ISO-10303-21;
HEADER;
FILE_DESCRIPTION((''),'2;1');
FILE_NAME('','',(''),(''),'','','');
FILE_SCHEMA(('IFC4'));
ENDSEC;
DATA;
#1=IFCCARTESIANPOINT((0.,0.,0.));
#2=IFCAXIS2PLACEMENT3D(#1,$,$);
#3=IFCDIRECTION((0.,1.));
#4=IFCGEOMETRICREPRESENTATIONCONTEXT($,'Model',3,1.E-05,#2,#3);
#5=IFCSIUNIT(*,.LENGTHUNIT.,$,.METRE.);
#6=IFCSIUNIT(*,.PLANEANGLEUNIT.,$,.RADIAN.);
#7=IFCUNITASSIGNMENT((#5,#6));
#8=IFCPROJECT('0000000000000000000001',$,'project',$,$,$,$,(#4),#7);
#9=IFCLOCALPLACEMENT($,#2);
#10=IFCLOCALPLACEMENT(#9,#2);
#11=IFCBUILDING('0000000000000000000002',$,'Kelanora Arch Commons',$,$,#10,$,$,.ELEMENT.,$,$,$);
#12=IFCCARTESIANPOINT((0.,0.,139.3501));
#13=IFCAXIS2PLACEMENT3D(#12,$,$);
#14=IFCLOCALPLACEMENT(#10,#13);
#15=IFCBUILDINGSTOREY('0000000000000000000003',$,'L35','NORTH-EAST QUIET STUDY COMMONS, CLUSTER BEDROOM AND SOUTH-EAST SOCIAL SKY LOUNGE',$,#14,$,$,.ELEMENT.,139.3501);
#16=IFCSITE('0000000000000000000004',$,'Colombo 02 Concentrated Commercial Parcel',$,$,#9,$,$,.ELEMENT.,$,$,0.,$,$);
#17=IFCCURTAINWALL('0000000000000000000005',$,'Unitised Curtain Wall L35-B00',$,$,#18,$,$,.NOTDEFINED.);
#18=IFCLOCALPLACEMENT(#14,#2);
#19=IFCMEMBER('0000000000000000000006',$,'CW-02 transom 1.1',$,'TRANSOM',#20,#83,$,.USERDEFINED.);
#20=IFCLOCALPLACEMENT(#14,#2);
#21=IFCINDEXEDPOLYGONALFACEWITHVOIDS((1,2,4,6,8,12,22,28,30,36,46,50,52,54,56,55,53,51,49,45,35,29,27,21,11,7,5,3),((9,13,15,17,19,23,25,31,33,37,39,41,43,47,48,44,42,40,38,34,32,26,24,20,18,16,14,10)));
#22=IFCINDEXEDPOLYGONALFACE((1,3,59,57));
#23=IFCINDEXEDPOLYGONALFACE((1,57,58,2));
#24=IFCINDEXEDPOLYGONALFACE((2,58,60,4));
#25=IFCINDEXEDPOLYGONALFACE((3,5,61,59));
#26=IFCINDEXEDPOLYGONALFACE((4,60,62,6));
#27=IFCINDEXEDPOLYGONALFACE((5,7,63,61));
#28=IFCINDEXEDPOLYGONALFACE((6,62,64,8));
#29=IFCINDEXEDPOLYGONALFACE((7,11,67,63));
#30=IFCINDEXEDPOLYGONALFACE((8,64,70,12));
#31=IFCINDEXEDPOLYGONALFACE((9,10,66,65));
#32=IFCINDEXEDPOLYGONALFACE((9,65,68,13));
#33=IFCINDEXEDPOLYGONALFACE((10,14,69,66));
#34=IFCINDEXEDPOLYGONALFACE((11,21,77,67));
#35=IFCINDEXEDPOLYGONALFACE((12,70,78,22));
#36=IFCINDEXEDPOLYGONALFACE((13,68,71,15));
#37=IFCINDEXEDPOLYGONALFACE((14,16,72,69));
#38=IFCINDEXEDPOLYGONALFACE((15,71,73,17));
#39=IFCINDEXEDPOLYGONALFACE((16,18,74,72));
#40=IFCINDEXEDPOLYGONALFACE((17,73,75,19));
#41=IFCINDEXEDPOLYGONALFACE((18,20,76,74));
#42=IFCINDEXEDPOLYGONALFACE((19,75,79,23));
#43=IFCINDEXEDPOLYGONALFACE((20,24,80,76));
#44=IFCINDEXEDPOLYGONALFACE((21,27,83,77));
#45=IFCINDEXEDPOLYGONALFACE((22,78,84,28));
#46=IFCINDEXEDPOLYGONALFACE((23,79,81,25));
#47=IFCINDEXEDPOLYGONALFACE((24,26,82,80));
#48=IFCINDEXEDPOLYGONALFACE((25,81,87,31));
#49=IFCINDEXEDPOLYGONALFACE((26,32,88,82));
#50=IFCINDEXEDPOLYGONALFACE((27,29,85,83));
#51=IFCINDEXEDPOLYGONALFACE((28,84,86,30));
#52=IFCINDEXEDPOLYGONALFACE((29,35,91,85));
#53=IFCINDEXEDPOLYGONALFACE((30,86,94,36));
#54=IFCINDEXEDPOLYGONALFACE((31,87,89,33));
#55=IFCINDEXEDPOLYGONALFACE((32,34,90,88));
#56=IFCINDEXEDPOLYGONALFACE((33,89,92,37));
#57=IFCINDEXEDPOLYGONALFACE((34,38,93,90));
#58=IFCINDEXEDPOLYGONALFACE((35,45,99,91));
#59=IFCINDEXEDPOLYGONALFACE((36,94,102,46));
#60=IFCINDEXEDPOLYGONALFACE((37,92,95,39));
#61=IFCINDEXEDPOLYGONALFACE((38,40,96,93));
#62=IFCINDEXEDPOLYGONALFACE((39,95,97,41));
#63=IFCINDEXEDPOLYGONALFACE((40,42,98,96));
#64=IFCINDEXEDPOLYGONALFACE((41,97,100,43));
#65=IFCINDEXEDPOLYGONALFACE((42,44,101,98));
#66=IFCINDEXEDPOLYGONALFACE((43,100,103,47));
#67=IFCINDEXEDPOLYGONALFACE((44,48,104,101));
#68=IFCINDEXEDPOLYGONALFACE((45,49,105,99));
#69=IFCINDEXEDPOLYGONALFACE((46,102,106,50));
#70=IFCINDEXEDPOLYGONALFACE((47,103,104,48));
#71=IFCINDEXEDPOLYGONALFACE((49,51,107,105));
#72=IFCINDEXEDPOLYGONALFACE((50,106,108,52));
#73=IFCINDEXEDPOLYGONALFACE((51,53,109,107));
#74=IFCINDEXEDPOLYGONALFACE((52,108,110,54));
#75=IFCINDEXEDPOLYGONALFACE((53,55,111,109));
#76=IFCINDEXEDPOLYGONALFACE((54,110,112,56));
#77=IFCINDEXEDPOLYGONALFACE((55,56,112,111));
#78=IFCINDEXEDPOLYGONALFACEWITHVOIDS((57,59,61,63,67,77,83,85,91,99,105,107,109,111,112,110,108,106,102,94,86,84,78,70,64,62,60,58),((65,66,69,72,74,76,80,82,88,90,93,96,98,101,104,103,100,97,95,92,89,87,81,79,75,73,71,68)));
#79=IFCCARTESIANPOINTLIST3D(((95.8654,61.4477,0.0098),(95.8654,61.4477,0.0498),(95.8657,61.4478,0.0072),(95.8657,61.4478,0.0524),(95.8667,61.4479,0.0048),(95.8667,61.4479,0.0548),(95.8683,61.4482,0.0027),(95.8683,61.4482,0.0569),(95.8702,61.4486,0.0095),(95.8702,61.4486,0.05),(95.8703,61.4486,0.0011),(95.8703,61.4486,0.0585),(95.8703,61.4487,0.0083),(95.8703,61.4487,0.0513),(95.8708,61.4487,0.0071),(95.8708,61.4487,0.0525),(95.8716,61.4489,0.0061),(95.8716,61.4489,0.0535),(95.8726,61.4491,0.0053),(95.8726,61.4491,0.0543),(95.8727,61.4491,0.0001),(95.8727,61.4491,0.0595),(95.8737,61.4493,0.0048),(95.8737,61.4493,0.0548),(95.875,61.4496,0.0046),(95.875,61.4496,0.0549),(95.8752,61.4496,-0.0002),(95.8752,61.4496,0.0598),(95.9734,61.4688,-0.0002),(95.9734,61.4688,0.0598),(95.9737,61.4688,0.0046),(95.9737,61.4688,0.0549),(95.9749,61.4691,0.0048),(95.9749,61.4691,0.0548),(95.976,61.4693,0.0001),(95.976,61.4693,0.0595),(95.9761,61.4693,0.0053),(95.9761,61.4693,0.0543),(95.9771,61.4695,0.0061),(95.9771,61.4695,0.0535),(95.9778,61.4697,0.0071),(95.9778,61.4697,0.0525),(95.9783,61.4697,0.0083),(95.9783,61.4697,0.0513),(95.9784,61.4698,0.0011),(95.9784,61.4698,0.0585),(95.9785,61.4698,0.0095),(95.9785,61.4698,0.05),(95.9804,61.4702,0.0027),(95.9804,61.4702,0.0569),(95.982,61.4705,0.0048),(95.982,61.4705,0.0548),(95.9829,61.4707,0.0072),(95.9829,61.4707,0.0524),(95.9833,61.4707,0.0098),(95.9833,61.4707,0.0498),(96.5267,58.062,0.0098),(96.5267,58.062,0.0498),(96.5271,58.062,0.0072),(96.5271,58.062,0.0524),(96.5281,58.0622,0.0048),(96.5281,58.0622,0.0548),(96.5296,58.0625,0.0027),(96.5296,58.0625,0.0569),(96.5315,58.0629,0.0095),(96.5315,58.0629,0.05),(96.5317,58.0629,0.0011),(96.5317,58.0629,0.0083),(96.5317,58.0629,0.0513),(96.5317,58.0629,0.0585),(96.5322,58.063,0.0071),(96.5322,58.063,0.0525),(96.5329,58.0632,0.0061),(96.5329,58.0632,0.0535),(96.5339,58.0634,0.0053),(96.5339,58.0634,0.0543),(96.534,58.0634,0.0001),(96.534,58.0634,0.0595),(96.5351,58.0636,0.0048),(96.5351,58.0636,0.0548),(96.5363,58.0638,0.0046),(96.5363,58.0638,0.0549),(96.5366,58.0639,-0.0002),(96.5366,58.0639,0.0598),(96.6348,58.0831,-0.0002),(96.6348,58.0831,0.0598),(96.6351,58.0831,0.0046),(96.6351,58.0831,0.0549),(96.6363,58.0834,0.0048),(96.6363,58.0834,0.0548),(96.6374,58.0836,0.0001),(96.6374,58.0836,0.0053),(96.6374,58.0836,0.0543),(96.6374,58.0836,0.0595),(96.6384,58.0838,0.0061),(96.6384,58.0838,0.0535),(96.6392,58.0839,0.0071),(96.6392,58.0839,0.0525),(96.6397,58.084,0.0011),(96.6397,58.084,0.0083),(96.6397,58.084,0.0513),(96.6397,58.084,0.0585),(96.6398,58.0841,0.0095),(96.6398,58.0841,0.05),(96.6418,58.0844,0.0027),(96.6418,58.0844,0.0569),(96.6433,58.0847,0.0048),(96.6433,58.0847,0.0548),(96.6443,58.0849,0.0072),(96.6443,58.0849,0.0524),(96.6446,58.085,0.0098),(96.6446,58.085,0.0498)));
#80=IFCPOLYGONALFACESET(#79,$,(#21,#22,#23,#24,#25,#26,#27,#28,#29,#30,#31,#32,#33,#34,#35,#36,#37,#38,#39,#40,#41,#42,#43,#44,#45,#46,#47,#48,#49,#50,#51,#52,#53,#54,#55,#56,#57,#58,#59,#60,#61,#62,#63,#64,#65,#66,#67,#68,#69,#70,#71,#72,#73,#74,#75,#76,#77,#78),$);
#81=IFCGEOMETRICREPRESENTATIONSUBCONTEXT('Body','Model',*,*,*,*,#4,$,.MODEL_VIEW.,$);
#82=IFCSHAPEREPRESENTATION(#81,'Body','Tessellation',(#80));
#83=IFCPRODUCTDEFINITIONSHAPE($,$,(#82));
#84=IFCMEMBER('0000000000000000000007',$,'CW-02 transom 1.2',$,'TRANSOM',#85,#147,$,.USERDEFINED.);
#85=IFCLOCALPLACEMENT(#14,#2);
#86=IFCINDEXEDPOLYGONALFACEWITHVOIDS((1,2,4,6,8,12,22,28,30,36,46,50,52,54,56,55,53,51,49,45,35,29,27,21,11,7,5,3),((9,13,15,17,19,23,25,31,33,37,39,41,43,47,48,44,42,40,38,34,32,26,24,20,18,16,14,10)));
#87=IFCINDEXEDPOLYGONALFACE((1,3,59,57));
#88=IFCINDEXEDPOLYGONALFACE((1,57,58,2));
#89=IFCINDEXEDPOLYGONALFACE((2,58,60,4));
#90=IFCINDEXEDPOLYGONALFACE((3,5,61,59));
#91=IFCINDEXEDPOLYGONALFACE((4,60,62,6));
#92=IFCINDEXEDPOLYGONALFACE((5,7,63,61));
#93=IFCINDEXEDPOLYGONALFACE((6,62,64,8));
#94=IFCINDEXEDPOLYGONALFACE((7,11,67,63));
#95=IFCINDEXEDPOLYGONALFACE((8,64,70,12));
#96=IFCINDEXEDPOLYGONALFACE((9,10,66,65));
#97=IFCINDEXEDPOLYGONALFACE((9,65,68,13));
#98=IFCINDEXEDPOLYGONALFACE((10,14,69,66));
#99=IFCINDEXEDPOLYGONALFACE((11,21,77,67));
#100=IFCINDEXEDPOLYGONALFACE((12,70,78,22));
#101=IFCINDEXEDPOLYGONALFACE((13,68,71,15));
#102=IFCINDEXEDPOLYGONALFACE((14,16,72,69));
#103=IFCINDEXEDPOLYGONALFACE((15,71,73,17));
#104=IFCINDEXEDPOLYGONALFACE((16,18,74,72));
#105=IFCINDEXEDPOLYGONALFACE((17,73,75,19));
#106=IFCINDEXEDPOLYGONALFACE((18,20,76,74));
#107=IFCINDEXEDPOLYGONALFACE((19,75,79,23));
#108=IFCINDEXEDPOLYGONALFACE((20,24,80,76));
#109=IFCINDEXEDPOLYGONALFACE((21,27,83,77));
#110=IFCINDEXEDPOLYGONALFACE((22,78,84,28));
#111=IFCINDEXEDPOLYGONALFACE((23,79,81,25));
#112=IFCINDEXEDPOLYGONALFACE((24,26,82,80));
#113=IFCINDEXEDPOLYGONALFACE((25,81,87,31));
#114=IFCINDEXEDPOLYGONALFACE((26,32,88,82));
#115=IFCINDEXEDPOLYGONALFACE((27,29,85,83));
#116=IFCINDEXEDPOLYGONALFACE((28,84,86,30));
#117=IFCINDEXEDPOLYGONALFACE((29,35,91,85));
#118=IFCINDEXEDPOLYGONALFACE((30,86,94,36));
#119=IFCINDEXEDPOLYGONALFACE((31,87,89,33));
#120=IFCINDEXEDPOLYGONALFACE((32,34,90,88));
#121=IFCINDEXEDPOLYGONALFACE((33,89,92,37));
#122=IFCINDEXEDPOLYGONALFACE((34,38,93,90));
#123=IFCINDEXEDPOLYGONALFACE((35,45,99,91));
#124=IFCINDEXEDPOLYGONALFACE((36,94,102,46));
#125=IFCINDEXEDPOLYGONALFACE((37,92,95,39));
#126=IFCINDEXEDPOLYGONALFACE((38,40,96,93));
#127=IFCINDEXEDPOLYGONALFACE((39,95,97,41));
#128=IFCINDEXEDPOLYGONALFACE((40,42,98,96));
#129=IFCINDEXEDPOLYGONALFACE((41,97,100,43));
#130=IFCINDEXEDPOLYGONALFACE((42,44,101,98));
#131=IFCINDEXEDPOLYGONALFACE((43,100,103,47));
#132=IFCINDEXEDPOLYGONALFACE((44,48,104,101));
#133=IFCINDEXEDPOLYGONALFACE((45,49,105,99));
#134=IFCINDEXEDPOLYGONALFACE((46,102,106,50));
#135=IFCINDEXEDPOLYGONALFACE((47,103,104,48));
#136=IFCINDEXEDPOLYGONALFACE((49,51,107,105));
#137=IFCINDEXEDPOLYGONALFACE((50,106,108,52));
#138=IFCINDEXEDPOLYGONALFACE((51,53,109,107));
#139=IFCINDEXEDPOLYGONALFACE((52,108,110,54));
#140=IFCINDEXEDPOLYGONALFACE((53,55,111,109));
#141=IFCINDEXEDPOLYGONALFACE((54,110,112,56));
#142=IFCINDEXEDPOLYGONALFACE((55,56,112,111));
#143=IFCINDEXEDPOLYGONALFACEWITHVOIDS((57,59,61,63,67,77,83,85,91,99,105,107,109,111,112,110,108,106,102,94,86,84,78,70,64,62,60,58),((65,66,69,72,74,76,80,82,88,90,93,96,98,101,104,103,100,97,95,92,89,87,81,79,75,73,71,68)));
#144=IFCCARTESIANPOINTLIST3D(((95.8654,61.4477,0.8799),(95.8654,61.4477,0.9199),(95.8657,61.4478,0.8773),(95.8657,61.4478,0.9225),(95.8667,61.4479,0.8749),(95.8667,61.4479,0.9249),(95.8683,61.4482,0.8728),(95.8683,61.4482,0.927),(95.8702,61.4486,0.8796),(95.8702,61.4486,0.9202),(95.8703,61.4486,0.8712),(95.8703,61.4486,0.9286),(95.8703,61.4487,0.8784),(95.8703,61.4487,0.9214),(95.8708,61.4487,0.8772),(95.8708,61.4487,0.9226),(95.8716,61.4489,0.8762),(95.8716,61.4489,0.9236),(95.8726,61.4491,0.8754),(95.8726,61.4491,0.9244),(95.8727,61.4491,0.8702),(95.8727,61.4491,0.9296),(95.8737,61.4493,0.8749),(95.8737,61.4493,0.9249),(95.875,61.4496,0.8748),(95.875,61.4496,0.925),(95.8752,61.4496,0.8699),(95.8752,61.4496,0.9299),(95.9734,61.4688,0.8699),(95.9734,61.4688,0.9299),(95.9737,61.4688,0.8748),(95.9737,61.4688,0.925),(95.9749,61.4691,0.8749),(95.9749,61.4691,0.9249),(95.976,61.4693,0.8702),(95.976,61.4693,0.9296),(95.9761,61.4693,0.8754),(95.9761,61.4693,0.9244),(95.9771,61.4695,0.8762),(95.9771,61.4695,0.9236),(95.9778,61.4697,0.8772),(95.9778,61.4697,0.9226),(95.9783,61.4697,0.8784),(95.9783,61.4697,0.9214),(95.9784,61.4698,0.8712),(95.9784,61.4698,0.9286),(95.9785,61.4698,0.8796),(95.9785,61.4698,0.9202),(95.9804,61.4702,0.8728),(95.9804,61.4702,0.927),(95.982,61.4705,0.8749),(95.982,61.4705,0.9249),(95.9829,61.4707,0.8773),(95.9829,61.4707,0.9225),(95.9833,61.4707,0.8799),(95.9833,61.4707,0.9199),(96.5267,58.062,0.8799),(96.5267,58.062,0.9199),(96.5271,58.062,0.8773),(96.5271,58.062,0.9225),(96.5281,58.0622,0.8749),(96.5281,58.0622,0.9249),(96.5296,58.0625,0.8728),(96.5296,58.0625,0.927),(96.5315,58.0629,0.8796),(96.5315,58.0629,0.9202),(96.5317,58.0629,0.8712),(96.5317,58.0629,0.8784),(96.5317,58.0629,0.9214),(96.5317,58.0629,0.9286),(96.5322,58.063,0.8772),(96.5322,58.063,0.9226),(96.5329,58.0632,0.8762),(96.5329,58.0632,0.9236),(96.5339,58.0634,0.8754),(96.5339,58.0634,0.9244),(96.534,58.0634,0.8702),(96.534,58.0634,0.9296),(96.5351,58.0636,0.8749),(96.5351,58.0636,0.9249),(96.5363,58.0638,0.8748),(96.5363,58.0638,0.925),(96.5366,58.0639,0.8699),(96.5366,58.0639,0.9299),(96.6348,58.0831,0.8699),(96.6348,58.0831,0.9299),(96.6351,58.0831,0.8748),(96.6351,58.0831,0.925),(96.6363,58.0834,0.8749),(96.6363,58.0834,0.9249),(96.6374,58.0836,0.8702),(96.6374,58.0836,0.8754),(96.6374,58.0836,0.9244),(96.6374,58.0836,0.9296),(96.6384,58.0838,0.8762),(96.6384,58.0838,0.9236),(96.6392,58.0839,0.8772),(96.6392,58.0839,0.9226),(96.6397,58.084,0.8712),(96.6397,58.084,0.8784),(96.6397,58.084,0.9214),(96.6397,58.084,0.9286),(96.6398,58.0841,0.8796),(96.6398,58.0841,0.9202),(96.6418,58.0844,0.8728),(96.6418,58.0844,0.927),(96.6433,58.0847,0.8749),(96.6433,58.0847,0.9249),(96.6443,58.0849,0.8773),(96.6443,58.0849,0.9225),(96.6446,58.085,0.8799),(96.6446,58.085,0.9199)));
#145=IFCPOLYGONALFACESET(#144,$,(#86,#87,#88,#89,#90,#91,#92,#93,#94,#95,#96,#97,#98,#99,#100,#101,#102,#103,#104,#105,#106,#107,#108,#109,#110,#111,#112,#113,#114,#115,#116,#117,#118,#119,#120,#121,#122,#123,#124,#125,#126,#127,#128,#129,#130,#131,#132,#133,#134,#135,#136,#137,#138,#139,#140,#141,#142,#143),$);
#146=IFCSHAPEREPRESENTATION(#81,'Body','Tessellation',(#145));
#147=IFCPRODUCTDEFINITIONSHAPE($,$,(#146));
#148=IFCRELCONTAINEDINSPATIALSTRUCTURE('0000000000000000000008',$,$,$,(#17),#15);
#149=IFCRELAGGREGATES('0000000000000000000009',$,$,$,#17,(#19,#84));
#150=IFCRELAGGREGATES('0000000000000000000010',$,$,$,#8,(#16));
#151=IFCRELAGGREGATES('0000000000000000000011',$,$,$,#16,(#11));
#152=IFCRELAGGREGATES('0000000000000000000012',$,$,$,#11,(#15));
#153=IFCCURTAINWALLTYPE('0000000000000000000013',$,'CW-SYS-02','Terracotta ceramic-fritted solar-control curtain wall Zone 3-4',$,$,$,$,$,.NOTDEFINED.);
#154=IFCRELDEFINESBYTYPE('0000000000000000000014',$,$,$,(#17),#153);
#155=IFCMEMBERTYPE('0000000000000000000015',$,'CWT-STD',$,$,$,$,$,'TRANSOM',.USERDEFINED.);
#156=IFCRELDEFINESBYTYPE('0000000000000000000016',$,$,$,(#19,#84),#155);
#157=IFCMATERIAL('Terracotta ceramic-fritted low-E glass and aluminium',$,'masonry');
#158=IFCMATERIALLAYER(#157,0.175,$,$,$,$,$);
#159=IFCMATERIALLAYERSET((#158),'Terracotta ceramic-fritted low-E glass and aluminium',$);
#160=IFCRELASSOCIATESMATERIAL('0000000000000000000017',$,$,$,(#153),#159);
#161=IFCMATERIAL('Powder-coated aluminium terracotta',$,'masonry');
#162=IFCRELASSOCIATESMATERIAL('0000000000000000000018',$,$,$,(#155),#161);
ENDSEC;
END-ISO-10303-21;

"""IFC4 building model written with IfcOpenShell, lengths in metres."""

from ifc_helpers import new_model, si_unit, direction, frame, origin, origin_2d, place, context, subcontext, project, spatial, hollow_rectangle, extrude, material, layer, layer_set, material_profile, profile_set, type_object, element, aggregate, save


model = new_model("IFC4")

# Units and contexts
model_context = context("Model", 3, precision=1e-05, world=origin(), true_north=direction((0.0, 1.0)))
body_context = subcontext(model_context, "Body", "Model", "MODEL_VIEW")
ifc_project = project(units=[si_unit("LENGTHUNIT", "METRE"), si_unit("PLANEANGLEUNIT", "RADIAN")], contexts=[model_context])

# Site, building, storey
site_placement = place(None, origin())
site = spatial("IfcSite", under=ifc_project, at=site_placement, Name="Colombo 02 Concentrated Commercial Parcel", CompositionType="ELEMENT", RefElevation=0.0)
building_placement = place(site_placement, origin())
building = spatial("IfcBuilding", under=site, at=building_placement, Name="Kelanora Arch Commons", CompositionType="ELEMENT")
storey_placement = place(building_placement, frame((0.0, 0.0, 139.3501)))
storey = spatial("IfcBuildingStorey", under=building, at=storey_placement, Name="L35", Description="NORTH-EAST QUIET STUDY COMMONS, CLUSTER BEDROOM AND SOUTH-EAST SOCIAL SKY LOUNGE", CompositionType="ELEMENT", Elevation=139.3501)

# Curtain wall, members
ifc_material_1 = material(Name="Terracotta ceramic-fritted low-E glass and aluminium", Category="masonry")
ifc_layer_1 = layer(ifc_material_1, 0.175)
ifc_layer_set_1 = layer_set([ifc_layer_1], Name="Terracotta ceramic-fritted low-E glass and aluminium")
curtain_wall_type = type_object("IfcCurtainWallType", Name="CW-SYS-02", Description="Terracotta ceramic-fritted solar-control curtain wall Zone 3-4", PredefinedType="NOTDEFINED", material=ifc_layer_set_1)
curtain_wall_placement = place(storey_placement, origin())
curtain_wall = element("IfcCurtainWall", 1, at=curtain_wall_placement, inside=storey, type_object=curtain_wall_type, Name="Unitised Curtain Wall L35-B00", PredefinedType="NOTDEFINED")
ifc_material_2 = material(Name="Powder-coated aluminium terracotta", Category="masonry")
ifc_material_profile_1 = material_profile(ifc_material_2, hollow_rectangle(XDim=0.1201, YDim=0.0601, WallThickness=0.0049, InnerFilletRadius=0.0049, OuterFilletRadius=0.01, at=origin_2d()), Name="CWT120x60")
ifc_profile_set_1 = profile_set([ifc_material_profile_1], Name="Powder-coated aluminium terracotta")
member_type_1 = type_object("IfcMemberType", Name="CWT-STD", ElementType="TRANSOM", PredefinedType="USERDEFINED", material=ifc_profile_set_1)
member_1_placement = place(storey_placement, frame((96.5857, 58.0735, 0.0298), z_axis=(-0.191718, 0.98145, 0.0), x_axis=(-0.98145, -0.191718, 0.0)))
member_1 = element("IfcMember", 2, at=member_1_placement, type_object=member_type_1, Name="CW-02 transom 1.1", ObjectType="TRANSOM", PredefinedType="USERDEFINED", context=body_context, shape_type="SweptSolid", body=[
    extrude(hollow_rectangle(XDim=0.1201, YDim=0.0601, WallThickness=0.0049, InnerFilletRadius=0.0049, OuterFilletRadius=0.01, at=origin_2d()), origin(), (0.0, 0.0, 1.0), 3.4497),
])
member_2_placement = place(storey_placement, frame((96.5857, 58.0735, 0.8999), z_axis=(-0.191718, 0.98145, 0.0), x_axis=(-0.98145, -0.191718, 0.0)))
member_2 = element("IfcMember", 3, at=member_2_placement, type_object=member_type_1, Name="CW-02 transom 1.2", ObjectType="TRANSOM", PredefinedType="USERDEFINED", context=body_context, shape_type="SweptSolid", body=[
    extrude(hollow_rectangle(XDim=0.1201, YDim=0.0601, WallThickness=0.0049, InnerFilletRadius=0.0049, OuterFilletRadius=0.01, at=origin_2d()), origin(), (0.0, 0.0, 1.0), 3.4497),
])
aggregate(curtain_wall, [member_1, member_2])

save(model, "model.ifc")
